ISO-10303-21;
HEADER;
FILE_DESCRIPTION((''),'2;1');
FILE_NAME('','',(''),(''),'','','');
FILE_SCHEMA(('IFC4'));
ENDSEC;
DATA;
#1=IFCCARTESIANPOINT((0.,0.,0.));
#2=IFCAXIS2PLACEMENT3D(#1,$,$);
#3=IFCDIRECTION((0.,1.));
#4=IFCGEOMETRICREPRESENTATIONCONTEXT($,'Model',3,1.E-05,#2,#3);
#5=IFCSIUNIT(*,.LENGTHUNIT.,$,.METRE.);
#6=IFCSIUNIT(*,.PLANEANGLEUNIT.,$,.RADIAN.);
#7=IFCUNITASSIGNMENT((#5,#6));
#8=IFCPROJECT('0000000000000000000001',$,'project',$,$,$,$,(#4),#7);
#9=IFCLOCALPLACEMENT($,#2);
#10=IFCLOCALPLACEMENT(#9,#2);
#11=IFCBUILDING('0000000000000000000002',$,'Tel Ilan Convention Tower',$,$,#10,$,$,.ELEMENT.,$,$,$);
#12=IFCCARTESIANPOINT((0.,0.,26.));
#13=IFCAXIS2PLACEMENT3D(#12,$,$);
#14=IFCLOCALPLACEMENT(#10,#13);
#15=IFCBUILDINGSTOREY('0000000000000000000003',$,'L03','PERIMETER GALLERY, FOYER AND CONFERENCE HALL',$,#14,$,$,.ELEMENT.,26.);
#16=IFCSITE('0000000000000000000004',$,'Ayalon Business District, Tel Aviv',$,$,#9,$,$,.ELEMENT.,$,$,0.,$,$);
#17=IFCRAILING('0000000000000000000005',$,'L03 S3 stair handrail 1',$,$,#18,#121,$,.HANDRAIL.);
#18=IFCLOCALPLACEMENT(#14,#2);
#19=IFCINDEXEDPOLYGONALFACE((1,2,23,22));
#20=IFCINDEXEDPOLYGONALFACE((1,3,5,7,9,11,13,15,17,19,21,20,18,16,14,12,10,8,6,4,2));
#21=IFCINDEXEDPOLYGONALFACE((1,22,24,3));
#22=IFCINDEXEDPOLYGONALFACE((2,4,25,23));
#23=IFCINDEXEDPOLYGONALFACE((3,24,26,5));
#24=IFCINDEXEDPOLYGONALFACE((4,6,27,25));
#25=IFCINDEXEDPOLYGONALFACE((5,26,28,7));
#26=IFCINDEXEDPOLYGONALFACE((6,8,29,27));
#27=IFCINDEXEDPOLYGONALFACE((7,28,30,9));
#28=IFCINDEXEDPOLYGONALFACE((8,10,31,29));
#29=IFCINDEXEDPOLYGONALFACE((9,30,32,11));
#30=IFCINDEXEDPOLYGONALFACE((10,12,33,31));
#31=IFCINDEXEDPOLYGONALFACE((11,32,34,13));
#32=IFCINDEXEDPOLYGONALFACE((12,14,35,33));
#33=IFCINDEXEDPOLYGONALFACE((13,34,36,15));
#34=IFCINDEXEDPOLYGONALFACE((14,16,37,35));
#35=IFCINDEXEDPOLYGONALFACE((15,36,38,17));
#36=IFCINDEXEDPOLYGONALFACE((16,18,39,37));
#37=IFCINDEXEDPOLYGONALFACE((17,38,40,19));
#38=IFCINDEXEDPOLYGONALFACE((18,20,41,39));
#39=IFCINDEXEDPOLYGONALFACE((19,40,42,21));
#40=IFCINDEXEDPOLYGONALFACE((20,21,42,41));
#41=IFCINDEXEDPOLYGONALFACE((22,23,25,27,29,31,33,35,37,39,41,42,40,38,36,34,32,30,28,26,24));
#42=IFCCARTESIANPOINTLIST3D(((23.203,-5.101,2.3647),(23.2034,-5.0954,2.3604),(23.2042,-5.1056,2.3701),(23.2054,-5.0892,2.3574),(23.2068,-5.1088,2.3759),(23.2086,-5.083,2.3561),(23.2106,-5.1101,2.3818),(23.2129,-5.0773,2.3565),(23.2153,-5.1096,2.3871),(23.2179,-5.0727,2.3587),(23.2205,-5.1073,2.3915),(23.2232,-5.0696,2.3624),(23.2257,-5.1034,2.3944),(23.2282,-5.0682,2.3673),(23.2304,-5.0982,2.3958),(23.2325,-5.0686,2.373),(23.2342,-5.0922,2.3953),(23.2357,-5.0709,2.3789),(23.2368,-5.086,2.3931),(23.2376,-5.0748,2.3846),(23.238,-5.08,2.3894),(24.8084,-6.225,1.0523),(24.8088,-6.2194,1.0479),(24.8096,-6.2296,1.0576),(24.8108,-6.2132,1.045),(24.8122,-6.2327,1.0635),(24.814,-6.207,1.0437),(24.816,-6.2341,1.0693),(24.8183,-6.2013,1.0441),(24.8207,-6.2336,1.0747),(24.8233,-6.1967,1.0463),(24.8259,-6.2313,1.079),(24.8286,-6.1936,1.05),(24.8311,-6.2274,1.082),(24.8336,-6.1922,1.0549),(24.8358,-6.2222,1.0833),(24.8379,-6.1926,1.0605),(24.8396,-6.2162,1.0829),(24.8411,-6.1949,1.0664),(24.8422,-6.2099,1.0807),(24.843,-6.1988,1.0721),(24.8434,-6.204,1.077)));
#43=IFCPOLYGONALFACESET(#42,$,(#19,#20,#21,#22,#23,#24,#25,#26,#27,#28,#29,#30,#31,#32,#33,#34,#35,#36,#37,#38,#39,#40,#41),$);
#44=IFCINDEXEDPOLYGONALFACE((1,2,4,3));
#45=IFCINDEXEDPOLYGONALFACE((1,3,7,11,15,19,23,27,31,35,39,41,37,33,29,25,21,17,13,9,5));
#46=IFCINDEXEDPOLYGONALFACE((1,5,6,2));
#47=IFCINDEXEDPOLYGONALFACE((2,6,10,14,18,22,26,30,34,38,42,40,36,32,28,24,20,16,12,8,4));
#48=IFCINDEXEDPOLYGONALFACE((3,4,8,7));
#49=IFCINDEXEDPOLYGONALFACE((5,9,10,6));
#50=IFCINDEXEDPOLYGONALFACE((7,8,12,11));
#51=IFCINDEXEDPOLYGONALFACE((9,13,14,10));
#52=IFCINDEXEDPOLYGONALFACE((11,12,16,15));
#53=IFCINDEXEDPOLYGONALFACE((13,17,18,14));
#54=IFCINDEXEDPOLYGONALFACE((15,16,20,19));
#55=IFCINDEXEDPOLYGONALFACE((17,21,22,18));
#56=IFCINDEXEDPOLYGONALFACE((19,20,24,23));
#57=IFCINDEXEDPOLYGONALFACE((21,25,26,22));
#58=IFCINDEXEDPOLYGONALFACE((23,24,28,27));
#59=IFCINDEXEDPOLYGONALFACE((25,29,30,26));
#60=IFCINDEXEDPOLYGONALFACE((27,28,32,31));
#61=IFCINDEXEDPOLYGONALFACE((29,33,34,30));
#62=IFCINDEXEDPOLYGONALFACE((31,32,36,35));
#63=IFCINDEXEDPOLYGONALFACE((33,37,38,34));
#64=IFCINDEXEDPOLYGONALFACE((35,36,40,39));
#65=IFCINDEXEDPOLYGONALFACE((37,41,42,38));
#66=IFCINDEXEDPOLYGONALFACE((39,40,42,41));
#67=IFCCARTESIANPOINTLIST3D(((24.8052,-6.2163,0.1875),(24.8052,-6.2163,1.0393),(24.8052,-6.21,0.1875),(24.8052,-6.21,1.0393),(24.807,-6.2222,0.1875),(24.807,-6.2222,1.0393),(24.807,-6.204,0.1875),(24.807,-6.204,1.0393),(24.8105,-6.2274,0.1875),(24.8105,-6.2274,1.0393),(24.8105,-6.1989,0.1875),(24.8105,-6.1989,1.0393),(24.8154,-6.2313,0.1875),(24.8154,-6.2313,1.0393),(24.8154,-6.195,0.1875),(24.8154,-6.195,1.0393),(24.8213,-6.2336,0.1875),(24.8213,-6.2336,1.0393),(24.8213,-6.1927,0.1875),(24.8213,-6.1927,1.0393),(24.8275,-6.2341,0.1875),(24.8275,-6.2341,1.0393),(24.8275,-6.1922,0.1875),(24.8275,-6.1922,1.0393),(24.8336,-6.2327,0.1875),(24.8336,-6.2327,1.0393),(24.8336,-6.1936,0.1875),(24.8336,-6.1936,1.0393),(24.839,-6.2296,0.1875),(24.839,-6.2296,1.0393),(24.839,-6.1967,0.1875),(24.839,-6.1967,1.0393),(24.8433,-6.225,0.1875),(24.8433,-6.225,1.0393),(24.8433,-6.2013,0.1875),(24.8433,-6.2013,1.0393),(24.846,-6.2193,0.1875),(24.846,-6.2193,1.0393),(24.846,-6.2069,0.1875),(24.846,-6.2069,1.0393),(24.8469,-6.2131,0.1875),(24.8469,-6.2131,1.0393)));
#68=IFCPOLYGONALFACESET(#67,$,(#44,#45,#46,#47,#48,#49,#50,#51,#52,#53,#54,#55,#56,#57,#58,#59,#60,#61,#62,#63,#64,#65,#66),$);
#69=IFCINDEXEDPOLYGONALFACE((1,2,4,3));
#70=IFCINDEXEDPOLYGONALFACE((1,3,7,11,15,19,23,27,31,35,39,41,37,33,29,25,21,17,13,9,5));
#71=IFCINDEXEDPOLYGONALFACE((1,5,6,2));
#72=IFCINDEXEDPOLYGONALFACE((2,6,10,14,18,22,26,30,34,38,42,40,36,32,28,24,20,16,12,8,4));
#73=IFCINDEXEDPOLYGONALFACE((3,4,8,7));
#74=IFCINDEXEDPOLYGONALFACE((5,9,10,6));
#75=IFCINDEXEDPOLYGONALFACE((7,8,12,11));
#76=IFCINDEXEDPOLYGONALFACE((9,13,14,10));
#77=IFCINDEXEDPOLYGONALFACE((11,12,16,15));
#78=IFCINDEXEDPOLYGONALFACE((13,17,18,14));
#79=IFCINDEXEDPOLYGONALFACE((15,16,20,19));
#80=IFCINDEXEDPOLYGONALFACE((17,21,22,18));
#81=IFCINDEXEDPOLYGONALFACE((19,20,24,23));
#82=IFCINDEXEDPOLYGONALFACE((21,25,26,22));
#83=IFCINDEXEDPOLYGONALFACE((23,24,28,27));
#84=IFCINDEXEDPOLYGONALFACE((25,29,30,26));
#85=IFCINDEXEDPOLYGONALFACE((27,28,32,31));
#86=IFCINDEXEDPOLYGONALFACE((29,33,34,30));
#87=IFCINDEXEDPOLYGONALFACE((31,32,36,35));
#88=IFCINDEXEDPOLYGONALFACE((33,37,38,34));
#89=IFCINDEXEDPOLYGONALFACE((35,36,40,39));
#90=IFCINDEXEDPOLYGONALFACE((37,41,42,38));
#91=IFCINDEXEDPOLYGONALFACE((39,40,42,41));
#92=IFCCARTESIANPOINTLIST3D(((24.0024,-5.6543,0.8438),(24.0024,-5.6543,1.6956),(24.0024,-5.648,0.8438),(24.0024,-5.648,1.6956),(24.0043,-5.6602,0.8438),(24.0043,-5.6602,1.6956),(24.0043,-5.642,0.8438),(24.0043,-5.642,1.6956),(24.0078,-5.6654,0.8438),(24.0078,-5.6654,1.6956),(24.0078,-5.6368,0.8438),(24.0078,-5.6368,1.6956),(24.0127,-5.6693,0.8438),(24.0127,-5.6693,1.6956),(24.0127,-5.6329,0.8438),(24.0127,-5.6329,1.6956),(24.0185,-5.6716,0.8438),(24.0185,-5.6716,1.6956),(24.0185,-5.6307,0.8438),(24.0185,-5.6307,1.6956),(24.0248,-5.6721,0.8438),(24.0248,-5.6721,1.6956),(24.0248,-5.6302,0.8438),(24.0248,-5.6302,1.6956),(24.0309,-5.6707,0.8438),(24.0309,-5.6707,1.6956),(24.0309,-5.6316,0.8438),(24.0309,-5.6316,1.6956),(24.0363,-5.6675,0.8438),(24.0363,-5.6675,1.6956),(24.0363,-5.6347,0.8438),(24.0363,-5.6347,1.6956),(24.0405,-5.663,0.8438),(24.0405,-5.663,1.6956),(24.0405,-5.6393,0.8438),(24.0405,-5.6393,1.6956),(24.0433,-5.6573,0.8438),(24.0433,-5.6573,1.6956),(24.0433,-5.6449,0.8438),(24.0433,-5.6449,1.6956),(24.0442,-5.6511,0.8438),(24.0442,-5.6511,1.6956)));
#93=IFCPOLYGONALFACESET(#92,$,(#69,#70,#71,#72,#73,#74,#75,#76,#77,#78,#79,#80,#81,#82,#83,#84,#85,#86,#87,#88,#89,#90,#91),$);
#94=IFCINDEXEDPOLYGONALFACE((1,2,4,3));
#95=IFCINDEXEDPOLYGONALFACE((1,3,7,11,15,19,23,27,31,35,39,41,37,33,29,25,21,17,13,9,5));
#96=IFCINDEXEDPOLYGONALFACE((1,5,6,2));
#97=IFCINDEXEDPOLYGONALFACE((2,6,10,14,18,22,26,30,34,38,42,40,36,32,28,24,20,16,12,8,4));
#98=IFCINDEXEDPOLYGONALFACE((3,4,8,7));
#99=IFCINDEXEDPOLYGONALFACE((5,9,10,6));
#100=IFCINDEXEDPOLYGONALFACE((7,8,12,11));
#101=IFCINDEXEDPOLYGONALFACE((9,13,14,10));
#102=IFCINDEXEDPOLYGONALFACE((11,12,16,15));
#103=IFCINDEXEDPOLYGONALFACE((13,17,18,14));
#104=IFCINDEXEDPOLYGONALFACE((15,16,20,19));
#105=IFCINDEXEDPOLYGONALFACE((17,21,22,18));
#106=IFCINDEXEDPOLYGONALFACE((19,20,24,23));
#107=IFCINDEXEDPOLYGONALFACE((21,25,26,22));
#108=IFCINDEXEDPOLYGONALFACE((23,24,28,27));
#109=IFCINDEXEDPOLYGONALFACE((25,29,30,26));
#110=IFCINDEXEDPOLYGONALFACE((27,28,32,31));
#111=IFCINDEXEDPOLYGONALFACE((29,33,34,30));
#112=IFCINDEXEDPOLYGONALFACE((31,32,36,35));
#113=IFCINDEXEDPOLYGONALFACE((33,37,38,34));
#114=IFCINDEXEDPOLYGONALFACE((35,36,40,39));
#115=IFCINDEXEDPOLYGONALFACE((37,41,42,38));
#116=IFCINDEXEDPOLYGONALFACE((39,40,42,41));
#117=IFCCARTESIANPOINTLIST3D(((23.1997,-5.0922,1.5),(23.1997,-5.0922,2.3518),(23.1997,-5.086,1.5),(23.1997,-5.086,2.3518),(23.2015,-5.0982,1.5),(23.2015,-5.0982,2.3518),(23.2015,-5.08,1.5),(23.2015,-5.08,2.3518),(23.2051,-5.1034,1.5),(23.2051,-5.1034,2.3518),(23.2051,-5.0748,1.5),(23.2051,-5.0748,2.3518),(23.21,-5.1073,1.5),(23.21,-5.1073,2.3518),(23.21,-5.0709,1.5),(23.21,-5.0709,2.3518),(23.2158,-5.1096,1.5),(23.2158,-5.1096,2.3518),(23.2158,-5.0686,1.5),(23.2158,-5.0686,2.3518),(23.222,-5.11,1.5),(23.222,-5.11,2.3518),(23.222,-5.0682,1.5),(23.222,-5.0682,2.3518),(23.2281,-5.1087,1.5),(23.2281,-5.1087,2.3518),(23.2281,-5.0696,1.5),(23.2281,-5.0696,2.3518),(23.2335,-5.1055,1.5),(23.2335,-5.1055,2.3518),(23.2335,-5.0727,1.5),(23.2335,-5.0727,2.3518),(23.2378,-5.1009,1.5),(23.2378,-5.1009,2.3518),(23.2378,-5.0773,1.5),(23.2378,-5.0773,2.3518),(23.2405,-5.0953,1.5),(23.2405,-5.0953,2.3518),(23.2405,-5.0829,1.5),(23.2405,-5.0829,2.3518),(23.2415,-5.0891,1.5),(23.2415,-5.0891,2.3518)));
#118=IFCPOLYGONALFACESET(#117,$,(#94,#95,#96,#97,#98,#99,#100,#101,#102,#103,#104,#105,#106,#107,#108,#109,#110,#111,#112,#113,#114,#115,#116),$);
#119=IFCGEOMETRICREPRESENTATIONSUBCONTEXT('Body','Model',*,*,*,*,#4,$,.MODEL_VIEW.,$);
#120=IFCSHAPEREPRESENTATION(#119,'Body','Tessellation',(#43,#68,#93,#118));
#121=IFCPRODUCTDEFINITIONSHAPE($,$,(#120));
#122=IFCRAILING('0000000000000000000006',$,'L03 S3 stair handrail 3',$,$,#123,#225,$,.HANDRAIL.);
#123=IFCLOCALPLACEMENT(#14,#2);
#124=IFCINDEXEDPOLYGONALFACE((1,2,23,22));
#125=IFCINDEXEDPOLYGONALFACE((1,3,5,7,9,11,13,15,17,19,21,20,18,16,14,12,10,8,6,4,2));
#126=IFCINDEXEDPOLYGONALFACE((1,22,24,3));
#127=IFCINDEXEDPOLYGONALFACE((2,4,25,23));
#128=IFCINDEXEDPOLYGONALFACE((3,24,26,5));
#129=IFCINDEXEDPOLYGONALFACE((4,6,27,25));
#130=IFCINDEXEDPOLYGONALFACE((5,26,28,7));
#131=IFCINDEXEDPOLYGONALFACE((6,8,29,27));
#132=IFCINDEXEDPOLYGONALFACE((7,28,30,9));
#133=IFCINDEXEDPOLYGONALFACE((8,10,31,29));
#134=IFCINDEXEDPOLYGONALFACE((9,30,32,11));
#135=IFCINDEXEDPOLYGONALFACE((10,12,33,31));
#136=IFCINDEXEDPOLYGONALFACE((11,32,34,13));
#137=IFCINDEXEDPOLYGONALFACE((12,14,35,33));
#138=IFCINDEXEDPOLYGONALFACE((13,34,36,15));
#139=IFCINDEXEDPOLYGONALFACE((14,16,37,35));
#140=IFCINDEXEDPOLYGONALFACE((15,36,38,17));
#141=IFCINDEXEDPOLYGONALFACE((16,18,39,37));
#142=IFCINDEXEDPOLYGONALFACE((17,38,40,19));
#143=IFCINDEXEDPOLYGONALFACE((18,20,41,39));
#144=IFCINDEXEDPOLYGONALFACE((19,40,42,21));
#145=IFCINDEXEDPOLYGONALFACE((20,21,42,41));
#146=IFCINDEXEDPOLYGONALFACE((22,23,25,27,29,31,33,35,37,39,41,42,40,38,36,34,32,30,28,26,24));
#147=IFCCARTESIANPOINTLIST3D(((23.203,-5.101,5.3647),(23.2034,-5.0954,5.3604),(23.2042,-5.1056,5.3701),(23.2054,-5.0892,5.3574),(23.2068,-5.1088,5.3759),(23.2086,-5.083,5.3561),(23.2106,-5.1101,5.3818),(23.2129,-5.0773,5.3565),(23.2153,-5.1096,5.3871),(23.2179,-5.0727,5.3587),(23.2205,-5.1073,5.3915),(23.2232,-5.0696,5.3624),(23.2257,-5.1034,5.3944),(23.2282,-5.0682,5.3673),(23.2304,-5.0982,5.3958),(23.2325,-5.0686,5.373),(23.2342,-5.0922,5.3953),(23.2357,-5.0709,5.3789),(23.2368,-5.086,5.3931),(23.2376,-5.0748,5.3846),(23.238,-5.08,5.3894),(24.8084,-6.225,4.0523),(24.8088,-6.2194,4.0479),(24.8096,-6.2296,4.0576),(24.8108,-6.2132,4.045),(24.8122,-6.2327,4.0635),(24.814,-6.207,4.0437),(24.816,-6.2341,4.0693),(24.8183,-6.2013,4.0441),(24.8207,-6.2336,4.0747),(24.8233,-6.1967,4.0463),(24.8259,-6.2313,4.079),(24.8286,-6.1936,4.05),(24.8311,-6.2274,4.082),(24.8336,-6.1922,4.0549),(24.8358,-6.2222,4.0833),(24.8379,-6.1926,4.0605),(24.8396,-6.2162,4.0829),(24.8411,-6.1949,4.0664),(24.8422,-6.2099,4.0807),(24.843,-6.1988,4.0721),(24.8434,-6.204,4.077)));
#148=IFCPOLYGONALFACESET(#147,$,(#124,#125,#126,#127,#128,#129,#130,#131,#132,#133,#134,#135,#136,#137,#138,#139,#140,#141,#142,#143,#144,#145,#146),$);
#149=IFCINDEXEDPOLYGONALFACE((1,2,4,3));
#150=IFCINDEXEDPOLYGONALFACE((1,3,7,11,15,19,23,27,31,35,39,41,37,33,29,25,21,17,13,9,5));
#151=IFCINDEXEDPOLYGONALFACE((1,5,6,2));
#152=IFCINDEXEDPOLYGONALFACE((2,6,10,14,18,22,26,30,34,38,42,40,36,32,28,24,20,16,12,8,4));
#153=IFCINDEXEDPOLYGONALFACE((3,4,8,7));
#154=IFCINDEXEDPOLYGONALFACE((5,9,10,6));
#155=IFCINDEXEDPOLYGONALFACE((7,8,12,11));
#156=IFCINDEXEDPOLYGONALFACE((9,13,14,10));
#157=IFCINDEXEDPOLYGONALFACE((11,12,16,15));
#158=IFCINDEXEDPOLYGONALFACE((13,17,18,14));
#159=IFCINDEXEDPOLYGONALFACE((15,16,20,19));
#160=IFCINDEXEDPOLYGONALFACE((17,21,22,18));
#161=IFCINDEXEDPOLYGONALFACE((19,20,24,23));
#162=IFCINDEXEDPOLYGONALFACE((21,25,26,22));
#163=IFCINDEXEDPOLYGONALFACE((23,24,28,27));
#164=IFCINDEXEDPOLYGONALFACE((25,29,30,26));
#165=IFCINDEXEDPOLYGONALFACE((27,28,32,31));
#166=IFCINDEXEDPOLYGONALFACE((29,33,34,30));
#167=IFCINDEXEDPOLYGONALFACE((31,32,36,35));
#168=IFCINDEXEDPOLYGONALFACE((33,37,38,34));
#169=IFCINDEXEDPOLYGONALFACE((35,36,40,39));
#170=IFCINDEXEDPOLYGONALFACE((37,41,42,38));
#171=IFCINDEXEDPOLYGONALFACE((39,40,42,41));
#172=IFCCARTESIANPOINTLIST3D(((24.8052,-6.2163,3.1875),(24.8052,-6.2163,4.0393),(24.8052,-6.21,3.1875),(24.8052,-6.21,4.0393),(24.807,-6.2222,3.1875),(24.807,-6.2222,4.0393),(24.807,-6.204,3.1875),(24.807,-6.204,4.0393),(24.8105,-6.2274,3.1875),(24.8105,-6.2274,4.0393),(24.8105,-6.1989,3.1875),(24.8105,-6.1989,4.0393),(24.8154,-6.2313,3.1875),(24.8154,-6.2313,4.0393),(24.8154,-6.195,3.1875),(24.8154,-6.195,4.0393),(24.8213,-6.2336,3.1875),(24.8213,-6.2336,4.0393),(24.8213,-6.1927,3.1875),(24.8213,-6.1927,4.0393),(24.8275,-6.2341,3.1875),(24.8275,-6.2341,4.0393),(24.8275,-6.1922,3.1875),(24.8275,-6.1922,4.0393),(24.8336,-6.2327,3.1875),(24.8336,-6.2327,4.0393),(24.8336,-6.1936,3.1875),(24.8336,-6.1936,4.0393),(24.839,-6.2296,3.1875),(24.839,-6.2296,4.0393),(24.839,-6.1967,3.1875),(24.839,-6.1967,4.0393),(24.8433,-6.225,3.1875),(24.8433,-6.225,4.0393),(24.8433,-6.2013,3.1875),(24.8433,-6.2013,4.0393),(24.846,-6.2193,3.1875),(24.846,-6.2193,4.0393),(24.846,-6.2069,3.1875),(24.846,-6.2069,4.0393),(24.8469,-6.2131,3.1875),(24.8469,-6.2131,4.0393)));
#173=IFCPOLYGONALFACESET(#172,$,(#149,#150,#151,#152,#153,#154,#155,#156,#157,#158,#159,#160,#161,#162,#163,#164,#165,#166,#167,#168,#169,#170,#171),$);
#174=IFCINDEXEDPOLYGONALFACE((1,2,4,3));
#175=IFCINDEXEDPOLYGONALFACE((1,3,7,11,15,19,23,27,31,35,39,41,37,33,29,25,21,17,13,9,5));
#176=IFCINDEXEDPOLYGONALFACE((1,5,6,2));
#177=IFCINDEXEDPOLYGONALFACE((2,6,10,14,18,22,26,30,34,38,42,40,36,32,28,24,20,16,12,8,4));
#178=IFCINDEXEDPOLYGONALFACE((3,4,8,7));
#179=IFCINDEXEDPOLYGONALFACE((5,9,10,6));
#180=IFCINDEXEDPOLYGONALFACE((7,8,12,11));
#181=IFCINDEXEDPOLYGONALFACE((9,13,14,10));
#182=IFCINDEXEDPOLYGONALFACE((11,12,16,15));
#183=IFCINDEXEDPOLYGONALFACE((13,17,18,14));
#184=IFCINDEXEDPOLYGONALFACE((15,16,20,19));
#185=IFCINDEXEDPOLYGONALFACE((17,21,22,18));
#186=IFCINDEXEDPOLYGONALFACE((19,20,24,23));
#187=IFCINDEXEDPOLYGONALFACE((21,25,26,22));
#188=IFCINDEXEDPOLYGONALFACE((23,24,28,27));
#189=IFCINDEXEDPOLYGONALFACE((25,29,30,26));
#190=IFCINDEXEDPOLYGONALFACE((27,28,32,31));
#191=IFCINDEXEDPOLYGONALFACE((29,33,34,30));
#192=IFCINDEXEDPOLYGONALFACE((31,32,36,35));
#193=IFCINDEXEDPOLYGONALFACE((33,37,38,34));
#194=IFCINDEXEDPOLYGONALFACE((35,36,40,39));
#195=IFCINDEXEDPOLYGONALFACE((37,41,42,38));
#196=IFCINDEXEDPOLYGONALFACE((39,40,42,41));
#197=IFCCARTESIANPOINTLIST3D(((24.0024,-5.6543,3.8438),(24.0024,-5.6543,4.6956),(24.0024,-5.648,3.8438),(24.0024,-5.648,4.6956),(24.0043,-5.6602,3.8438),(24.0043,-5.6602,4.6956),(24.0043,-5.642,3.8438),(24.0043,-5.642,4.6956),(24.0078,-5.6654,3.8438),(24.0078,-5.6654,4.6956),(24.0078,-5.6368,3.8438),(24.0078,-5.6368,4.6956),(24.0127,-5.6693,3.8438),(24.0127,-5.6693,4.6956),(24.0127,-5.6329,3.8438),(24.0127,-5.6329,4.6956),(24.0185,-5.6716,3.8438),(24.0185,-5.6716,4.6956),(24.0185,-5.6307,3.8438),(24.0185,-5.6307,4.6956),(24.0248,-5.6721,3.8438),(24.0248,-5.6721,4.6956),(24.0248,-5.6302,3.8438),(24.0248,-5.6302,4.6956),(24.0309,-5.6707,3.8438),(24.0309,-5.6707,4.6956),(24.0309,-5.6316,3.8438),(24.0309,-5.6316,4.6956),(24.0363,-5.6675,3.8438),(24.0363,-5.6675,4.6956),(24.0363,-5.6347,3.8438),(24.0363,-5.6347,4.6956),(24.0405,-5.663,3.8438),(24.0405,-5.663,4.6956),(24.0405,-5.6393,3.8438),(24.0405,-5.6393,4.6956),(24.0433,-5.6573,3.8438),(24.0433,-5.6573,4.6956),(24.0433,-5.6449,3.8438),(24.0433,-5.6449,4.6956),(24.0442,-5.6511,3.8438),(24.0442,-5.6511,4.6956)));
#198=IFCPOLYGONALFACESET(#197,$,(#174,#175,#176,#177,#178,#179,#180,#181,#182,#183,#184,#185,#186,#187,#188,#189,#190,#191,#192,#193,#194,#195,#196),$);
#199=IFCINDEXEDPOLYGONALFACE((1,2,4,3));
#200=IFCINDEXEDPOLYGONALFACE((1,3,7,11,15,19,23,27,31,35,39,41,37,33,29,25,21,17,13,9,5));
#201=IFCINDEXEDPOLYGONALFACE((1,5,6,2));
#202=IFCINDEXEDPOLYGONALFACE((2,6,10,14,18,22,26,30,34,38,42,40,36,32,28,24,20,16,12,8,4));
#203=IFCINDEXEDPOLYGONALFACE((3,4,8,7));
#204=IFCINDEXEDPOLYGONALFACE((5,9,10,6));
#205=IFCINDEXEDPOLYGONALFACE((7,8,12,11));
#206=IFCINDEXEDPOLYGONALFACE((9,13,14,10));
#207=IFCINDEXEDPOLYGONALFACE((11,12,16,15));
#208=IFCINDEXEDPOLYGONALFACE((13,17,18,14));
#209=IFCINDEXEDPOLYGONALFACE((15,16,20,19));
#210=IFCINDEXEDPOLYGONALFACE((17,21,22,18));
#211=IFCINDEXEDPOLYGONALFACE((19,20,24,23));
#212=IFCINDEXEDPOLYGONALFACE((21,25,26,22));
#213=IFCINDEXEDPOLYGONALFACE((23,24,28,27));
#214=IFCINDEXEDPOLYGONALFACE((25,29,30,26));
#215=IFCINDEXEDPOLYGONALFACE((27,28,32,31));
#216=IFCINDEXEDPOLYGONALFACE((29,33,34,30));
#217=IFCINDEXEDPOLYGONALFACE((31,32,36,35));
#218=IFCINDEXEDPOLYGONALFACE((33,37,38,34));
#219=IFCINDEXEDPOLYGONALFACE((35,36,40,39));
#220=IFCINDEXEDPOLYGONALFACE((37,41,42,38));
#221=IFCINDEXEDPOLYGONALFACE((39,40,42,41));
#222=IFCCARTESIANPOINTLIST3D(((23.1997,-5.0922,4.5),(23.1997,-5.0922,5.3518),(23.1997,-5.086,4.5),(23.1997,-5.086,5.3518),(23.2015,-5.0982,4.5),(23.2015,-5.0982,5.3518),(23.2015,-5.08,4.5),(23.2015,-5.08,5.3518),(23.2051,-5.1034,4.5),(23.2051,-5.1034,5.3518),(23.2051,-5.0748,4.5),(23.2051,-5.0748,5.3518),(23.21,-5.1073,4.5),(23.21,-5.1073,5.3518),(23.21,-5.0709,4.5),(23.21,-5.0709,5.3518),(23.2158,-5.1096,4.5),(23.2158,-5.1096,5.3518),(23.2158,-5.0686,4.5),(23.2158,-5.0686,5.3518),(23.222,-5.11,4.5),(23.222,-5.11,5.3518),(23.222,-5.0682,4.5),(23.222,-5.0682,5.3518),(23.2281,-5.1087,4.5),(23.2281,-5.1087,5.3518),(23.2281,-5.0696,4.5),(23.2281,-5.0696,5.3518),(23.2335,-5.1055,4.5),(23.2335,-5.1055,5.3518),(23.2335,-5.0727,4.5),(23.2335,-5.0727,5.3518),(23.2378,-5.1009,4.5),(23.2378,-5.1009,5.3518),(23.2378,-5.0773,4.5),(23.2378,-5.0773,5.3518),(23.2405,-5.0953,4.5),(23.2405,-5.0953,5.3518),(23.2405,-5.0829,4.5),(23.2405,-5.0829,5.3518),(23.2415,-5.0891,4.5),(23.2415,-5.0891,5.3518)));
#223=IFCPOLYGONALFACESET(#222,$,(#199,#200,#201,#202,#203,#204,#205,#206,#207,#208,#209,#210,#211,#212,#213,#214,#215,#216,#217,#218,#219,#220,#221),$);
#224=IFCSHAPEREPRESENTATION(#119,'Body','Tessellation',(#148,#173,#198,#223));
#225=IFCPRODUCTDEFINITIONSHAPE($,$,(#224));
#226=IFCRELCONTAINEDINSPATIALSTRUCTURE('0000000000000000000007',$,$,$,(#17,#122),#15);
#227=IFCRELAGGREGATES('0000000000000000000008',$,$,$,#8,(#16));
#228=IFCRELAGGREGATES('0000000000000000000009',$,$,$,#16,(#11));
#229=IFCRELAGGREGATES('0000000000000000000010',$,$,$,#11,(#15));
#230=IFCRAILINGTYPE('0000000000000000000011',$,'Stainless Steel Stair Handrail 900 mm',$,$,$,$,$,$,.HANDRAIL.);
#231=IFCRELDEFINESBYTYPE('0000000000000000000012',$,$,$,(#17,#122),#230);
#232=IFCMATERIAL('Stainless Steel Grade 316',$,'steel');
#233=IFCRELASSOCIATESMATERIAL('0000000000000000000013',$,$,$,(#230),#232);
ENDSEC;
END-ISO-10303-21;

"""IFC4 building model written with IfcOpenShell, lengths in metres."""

from ifc_helpers import new_model, si_unit, direction, frame, origin, origin_2d, place, context, subcontext, project, spatial, circle, extrude, material, type_object, element, save


model = new_model("IFC4")

# Units and contexts
model_context = context("Model", 3, precision=1e-05, world=origin(), true_north=direction((0.0, 1.0)))
body_context = subcontext(model_context, "Body", "Model", "MODEL_VIEW")
ifc_project = project(units=[si_unit("LENGTHUNIT", "METRE"), si_unit("PLANEANGLEUNIT", "RADIAN")], contexts=[model_context])

# Site, building, storey
site_placement = place(None, origin())
site = spatial("IfcSite", under=ifc_project, at=site_placement, Name="Ayalon Business District, Tel Aviv", CompositionType="ELEMENT", RefElevation=0.0)
building_placement = place(site_placement, origin())
building = spatial("IfcBuilding", under=site, at=building_placement, Name="Tel Ilan Convention Tower", CompositionType="ELEMENT")
storey_placement = place(building_placement, frame((0.0, 0.0, 26.0)))
storey = spatial("IfcBuildingStorey", under=building, at=storey_placement, Name="L03", Description="PERIMETER GALLERY, FOYER AND CONFERENCE HALL", CompositionType="ELEMENT", Elevation=26.0)

# Railings
ifc_material_1 = material(Name="Stainless Steel Grade 316", Category="steel")
railing_type = type_object("IfcRailingType", Name="Stainless Steel Stair Handrail 900 mm", PredefinedType="HANDRAIL", material=ifc_material_1)
for number, where, name in (
    (1, (24.8259, -6.2131, 0.1875), "L03 S3 stair handrail 1"),
    (2, (24.8259, -6.2131, 3.1875), "L03 S3 stair handrail 3"),
):
    element("IfcRailing", number, at=place(storey_placement, frame(where)), inside=storey, type_object=railing_type, Name=name, PredefinedType="HANDRAIL", context=body_context, shape_type="SweptSolid", body=[
        extrude(circle(Radius=0.0239, at=origin_2d()), frame((0.0, 0.0, 0.876), z_axis=(-0.680649, 0.476537, 0.556443), x_axis=(-0.573529, -0.819185, 0.0)), (0.0, 0.0, 1.0), 2.3586),
        extrude(circle(Radius=0.021, at=origin_2d()), origin(), (0.0, 0.0, 1.0), 0.8518),
        extrude(circle(Radius=0.021, at=origin_2d()), frame((-0.8027, 0.562, 0.6562)), (0.0, 0.0, 1.0), 0.8518),
        extrude(circle(Radius=0.021, at=origin_2d()), frame((-1.6055, 1.124, 1.3125)), (0.0, 0.0, 1.0), 0.8518),
    ])

save(model, "model.ifc")
